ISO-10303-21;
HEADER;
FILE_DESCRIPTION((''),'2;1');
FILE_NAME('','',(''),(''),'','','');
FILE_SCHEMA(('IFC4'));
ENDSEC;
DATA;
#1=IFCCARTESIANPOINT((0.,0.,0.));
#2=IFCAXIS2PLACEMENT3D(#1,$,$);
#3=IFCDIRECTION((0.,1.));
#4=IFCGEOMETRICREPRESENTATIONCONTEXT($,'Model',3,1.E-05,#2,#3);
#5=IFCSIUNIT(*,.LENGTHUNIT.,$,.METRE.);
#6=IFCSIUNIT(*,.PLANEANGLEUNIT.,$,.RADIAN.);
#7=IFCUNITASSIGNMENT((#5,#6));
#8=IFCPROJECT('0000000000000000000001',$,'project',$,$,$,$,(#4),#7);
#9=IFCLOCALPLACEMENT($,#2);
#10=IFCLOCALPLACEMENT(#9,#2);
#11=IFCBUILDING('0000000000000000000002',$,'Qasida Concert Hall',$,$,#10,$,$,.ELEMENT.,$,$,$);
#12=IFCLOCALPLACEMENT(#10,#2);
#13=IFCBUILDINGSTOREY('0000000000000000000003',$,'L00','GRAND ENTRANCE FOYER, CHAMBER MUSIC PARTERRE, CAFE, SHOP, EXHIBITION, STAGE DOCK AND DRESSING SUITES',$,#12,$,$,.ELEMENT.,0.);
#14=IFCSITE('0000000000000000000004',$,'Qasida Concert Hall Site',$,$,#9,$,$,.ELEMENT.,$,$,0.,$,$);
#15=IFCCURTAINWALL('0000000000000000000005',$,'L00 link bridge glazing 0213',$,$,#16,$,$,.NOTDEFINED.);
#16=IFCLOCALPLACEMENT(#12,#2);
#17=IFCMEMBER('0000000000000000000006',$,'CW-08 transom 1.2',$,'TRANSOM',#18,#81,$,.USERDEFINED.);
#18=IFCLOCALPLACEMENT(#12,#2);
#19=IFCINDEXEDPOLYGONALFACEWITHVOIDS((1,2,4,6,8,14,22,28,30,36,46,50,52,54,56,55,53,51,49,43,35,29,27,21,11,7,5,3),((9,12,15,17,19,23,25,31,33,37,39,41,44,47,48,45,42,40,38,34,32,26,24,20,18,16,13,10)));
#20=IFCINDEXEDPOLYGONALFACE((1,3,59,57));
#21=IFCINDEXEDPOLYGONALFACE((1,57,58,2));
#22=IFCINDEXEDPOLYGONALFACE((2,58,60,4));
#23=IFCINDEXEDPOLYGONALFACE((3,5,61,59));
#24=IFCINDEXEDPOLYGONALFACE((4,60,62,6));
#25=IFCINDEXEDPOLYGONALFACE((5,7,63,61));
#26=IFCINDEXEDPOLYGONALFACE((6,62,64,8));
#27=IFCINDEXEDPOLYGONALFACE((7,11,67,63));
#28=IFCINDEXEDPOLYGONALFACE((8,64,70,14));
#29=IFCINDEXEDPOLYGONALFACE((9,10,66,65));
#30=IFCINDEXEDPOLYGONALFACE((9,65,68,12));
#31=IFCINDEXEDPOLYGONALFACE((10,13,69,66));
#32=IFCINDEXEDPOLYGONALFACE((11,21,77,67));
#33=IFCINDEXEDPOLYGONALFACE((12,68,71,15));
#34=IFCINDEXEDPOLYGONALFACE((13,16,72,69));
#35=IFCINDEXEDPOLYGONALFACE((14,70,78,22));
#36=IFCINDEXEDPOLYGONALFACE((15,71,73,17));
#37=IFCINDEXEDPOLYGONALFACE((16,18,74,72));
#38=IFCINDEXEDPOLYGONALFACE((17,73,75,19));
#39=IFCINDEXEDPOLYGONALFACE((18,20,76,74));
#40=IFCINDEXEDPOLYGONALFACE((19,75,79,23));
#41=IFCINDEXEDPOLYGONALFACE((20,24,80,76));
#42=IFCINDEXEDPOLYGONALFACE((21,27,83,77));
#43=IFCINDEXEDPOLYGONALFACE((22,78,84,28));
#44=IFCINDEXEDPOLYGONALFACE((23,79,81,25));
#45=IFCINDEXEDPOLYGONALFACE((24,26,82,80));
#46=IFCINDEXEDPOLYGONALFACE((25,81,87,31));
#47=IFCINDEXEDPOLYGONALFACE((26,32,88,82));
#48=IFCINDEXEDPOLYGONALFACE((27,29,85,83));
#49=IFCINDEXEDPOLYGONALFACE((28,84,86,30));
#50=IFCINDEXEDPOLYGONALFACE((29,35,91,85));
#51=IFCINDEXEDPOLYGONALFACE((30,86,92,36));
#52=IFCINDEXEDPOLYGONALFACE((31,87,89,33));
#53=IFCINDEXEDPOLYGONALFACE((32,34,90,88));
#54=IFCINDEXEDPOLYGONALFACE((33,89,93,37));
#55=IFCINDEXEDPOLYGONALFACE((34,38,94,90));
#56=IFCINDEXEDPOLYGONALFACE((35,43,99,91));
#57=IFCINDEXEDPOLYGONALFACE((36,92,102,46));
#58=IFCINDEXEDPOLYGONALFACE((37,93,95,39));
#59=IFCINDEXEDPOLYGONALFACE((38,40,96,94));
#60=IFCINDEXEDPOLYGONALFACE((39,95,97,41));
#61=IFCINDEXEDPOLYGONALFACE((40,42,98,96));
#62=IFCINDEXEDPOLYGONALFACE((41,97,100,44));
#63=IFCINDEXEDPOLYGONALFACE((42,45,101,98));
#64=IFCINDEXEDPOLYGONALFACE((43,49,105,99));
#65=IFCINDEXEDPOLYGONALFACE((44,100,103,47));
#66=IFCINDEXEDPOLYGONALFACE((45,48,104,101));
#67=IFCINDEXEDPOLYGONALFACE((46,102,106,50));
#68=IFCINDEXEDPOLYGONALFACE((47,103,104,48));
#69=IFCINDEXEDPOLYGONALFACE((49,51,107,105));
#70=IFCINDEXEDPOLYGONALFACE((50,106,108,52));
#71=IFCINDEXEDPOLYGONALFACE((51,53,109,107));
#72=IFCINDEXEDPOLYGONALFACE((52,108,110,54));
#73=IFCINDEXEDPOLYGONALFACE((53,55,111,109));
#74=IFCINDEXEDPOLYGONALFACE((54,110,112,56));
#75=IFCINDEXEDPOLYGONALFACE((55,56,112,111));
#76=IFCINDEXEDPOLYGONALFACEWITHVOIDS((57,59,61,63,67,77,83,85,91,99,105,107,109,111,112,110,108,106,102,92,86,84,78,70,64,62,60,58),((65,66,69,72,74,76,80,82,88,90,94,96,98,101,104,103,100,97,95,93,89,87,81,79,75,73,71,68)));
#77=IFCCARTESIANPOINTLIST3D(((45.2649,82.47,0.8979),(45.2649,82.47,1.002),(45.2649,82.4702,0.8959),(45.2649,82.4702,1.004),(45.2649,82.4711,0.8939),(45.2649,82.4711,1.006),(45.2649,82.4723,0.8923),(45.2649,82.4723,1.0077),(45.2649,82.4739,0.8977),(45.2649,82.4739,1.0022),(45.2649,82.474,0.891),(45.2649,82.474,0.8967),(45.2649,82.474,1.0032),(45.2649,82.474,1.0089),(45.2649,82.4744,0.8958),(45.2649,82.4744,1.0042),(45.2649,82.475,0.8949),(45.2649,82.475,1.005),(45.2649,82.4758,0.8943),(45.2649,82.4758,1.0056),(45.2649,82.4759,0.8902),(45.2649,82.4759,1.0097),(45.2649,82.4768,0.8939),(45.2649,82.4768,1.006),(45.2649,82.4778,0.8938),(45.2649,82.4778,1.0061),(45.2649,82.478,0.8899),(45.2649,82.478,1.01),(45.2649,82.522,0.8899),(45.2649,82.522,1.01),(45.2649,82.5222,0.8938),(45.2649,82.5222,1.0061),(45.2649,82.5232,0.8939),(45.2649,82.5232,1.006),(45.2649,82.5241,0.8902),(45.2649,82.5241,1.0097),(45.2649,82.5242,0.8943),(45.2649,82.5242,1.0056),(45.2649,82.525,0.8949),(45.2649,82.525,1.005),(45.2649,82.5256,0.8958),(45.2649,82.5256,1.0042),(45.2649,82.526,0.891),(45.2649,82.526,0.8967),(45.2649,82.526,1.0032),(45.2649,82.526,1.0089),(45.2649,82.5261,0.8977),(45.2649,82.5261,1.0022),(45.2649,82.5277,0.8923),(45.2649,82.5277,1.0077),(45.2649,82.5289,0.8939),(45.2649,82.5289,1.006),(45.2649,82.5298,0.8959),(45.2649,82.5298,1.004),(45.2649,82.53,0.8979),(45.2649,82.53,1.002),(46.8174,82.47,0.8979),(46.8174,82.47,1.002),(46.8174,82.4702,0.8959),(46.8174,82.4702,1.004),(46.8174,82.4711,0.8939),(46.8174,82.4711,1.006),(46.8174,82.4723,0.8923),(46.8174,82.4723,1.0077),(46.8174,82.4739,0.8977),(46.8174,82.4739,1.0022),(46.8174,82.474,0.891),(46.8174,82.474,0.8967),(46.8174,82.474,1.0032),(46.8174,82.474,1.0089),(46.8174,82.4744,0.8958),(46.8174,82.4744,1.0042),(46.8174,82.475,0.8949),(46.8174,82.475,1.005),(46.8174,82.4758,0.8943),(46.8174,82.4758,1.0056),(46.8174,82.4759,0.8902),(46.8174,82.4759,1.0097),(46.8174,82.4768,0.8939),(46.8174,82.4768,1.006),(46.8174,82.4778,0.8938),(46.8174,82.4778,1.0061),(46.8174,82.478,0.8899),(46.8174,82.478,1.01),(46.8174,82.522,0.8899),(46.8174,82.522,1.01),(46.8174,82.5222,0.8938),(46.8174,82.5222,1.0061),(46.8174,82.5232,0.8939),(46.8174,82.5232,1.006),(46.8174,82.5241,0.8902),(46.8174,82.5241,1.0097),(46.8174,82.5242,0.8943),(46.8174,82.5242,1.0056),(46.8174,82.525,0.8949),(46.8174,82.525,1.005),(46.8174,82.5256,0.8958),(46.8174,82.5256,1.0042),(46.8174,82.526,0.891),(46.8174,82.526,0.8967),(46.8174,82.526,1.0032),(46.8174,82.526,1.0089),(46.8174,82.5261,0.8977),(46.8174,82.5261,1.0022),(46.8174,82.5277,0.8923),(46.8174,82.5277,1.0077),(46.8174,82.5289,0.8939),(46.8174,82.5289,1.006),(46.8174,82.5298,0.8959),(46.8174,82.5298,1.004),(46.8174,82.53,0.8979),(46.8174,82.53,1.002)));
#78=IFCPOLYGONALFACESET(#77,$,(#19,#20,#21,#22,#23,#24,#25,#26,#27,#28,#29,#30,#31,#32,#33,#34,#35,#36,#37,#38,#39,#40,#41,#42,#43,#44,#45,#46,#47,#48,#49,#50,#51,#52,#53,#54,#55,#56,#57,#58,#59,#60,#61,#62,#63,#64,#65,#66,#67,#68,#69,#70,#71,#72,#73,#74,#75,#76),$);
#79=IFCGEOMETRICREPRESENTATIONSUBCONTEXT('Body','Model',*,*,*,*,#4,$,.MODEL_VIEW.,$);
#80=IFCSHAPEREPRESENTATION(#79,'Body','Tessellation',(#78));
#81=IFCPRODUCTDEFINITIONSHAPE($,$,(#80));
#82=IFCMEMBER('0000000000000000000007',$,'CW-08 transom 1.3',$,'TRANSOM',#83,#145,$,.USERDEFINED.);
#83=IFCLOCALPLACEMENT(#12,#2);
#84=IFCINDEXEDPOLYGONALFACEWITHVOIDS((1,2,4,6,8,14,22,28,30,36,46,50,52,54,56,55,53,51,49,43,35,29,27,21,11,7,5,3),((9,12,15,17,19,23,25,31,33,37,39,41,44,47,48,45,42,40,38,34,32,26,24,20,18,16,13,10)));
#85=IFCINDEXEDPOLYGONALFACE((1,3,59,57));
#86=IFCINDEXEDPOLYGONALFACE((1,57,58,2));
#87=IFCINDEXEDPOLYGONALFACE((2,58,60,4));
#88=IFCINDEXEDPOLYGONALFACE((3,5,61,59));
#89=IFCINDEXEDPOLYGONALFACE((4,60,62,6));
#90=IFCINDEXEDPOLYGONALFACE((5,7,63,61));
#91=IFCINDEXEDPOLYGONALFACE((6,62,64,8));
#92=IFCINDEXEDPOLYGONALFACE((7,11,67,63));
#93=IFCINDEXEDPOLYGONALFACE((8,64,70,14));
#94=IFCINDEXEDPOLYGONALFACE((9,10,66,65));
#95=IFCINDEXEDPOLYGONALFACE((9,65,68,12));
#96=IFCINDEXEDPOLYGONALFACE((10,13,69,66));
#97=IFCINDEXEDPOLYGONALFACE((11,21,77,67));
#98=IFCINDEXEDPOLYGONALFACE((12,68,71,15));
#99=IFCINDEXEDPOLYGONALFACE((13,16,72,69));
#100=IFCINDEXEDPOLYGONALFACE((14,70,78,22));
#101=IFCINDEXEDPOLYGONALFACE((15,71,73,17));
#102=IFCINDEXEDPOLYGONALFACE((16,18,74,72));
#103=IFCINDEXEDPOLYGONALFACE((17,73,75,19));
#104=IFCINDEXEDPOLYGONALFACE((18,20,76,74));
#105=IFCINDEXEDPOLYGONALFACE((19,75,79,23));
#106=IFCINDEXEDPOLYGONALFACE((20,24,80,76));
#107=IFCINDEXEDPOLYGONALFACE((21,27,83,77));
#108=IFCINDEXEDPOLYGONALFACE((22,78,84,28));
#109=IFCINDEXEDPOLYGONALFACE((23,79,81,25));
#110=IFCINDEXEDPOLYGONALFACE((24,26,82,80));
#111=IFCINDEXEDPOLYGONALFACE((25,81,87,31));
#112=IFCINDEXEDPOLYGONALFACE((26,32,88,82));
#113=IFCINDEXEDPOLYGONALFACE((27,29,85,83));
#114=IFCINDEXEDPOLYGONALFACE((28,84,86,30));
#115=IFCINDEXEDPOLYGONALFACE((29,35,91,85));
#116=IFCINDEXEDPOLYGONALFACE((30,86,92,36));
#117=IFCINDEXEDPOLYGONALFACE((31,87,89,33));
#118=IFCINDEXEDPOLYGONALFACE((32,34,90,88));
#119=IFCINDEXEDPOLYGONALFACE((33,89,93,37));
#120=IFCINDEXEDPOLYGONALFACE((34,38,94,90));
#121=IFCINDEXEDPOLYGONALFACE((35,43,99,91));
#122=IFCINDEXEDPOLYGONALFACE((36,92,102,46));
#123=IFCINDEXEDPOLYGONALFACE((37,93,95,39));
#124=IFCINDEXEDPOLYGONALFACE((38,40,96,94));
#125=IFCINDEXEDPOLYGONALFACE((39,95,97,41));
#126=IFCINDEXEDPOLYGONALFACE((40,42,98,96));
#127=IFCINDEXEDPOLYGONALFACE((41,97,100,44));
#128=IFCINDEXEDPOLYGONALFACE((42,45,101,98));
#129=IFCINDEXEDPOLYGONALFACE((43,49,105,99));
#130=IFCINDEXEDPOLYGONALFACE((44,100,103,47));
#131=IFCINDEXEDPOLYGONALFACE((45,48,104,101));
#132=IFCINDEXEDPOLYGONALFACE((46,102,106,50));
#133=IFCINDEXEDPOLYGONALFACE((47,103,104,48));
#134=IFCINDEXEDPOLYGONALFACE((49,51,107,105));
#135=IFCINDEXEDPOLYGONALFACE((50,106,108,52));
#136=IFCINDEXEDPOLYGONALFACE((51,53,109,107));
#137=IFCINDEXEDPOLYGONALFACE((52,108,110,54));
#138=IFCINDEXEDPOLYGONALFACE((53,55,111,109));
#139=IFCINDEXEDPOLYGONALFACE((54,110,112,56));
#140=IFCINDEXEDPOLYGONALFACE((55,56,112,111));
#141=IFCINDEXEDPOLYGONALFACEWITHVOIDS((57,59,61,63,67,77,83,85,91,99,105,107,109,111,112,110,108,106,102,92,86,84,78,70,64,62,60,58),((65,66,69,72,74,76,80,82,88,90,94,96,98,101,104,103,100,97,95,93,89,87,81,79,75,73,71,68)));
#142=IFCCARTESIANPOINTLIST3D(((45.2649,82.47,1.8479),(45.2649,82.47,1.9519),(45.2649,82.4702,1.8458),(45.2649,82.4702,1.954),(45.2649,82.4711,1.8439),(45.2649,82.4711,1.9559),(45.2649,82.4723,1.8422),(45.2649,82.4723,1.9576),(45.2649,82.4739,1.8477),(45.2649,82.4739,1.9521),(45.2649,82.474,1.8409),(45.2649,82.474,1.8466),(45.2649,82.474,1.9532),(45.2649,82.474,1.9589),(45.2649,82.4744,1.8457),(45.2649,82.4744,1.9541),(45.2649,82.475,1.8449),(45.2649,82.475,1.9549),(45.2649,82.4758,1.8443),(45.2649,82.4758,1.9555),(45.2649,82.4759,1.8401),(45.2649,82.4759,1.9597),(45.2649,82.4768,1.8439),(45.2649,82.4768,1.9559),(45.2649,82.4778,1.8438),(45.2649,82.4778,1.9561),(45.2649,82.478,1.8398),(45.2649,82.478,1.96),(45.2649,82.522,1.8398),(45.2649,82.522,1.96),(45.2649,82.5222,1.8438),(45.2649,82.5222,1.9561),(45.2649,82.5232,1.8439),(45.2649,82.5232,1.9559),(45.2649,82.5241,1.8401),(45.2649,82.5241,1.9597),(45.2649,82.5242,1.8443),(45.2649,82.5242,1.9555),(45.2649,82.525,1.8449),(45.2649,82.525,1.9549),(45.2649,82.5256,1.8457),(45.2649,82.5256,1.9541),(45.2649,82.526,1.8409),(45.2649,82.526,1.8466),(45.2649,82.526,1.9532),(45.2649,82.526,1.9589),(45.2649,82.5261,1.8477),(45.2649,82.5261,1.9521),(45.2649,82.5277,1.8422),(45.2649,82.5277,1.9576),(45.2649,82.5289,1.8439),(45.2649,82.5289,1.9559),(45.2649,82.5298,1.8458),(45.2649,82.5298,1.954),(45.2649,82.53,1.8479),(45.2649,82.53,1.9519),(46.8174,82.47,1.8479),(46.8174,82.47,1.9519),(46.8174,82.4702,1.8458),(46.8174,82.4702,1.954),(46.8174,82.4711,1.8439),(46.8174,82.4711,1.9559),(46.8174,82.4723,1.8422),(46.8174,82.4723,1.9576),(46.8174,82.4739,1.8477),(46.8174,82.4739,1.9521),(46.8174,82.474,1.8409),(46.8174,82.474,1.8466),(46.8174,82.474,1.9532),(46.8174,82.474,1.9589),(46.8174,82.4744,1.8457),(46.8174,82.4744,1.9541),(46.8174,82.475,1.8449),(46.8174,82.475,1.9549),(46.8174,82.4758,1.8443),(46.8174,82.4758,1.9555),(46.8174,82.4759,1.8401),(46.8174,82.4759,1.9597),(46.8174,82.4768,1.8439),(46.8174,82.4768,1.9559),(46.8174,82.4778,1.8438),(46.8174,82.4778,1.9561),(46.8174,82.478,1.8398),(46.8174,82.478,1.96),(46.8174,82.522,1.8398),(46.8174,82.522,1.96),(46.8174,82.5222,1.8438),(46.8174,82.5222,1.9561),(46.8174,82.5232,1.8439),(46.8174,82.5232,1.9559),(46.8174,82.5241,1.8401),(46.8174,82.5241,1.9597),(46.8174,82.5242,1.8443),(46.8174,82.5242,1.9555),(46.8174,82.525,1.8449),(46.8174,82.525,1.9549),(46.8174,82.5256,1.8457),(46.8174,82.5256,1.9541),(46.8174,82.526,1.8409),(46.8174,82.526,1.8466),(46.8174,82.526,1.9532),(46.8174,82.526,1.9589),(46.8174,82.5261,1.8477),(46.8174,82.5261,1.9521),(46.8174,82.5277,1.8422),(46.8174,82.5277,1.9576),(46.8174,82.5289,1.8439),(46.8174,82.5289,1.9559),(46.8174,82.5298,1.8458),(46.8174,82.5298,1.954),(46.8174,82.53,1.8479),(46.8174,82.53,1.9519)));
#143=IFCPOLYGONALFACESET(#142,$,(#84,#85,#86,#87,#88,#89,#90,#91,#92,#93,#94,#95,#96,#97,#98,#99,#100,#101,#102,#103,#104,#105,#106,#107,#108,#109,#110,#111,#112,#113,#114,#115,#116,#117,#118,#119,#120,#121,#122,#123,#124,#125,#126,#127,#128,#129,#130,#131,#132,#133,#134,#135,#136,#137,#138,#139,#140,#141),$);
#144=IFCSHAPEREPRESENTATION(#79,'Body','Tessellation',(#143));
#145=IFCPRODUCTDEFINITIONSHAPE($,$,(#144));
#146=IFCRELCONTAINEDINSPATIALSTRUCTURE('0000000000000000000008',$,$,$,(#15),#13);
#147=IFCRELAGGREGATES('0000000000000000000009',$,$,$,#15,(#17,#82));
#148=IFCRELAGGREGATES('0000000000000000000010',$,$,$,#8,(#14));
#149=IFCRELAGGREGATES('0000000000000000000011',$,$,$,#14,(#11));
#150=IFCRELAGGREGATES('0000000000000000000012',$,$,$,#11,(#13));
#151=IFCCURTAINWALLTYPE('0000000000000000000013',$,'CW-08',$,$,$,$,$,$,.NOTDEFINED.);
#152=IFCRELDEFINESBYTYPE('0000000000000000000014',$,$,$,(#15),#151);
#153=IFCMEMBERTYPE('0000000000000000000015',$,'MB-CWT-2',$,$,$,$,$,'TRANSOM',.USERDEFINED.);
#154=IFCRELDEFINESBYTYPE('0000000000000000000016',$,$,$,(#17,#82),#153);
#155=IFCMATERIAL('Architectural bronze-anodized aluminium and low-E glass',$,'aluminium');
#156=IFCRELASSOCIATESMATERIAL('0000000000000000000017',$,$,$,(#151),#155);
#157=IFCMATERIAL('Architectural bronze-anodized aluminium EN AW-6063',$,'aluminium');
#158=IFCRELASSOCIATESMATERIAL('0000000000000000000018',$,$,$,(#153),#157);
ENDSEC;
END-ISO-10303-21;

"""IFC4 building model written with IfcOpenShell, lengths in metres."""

from ifc_helpers import new_model, si_unit, direction, frame, origin, origin_2d, place, context, subcontext, project, spatial, hollow_rectangle, extrude, material, material_profile, profile_set, type_object, element, aggregate, save


model = new_model("IFC4")

# Units and contexts
model_context = context("Model", 3, precision=1e-05, world=origin(), true_north=direction((0.0, 1.0)))
body_context = subcontext(model_context, "Body", "Model", "MODEL_VIEW")
ifc_project = project(units=[si_unit("LENGTHUNIT", "METRE"), si_unit("PLANEANGLEUNIT", "RADIAN")], contexts=[model_context])

# Site, building, storey
site_placement = place(None, origin())
site = spatial("IfcSite", under=ifc_project, at=site_placement, Name="Qasida Concert Hall Site", CompositionType="ELEMENT", RefElevation=0.0)
building_placement = place(site_placement, origin())
building = spatial("IfcBuilding", under=site, at=building_placement, Name="Qasida Concert Hall", CompositionType="ELEMENT")
storey_placement = place(building_placement, origin())
storey = spatial("IfcBuildingStorey", under=building, at=storey_placement, Name="L00", Description="GRAND ENTRANCE FOYER, CHAMBER MUSIC PARTERRE, CAFE, SHOP, EXHIBITION, STAGE DOCK AND DRESSING SUITES", CompositionType="ELEMENT", Elevation=0.0)

# Shared definitions
ifc_material_1 = material(Name="Architectural bronze-anodized aluminium and low-E glass", Category="aluminium")
curtain_wall_type = type_object("IfcCurtainWallType", Name="CW-08", PredefinedType="NOTDEFINED", material=ifc_material_1)
ifc_material_2 = material(Name="Architectural bronze-anodized aluminium EN AW-6063", Category="aluminium")

# Curtain wall
curtain_wall_1_placement = place(storey_placement, origin())
curtain_wall_1 = element("IfcCurtainWall", 1, at=curtain_wall_1_placement, inside=storey, type_object=curtain_wall_type, Name="L00 link bridge glazing 0213", PredefinedType="NOTDEFINED")

# Shared definitions
ifc_material_profile_1 = material_profile(ifc_material_2, hollow_rectangle(XDim=0.0601, YDim=0.1201, WallThickness=0.0039, InnerFilletRadius=0.0039, OuterFilletRadius=0.0081, at=origin_2d()), Name="CWT 120x60x4")
ifc_profile_set_1 = profile_set([ifc_material_profile_1], Name="Architectural bronze-anodized aluminium EN AW-6063")
member_type_1 = type_object("IfcMemberType", Name="MB-CWT-2", ElementType="TRANSOM", PredefinedType="USERDEFINED", material=ifc_profile_set_1)

# Members
member_1_placement = place(storey_placement, frame((45.2649, 82.5, 0.95), z_axis=(1.0, 0.0, 0.0), x_axis=(0.0, 1.0, 0.0)))
member_1 = element("IfcMember", 2, at=member_1_placement, type_object=member_type_1, Name="CW-08 transom 1.2", ObjectType="TRANSOM", PredefinedType="USERDEFINED", context=body_context, shape_type="SweptSolid", body=[
    extrude(hollow_rectangle(XDim=0.0601, YDim=0.1201, WallThickness=0.0039, InnerFilletRadius=0.0039, OuterFilletRadius=0.0081, at=origin_2d()), origin(), (0.0, 0.0, 1.0), 1.5525),
])
member_2_placement = place(storey_placement, frame((45.2649, 82.5, 1.8999), z_axis=(1.0, 0.0, 0.0), x_axis=(0.0, 1.0, 0.0)))
member_2 = element("IfcMember", 3, at=member_2_placement, type_object=member_type_1, Name="CW-08 transom 1.3", ObjectType="TRANSOM", PredefinedType="USERDEFINED", context=body_context, shape_type="SweptSolid", body=[
    extrude(hollow_rectangle(XDim=0.0601, YDim=0.1201, WallThickness=0.0039, InnerFilletRadius=0.0039, OuterFilletRadius=0.0081, at=origin_2d()), origin(), (0.0, 0.0, 1.0), 1.5525),
])
aggregate(curtain_wall_1, [member_1, member_2])

save(model, "model.ifc")
